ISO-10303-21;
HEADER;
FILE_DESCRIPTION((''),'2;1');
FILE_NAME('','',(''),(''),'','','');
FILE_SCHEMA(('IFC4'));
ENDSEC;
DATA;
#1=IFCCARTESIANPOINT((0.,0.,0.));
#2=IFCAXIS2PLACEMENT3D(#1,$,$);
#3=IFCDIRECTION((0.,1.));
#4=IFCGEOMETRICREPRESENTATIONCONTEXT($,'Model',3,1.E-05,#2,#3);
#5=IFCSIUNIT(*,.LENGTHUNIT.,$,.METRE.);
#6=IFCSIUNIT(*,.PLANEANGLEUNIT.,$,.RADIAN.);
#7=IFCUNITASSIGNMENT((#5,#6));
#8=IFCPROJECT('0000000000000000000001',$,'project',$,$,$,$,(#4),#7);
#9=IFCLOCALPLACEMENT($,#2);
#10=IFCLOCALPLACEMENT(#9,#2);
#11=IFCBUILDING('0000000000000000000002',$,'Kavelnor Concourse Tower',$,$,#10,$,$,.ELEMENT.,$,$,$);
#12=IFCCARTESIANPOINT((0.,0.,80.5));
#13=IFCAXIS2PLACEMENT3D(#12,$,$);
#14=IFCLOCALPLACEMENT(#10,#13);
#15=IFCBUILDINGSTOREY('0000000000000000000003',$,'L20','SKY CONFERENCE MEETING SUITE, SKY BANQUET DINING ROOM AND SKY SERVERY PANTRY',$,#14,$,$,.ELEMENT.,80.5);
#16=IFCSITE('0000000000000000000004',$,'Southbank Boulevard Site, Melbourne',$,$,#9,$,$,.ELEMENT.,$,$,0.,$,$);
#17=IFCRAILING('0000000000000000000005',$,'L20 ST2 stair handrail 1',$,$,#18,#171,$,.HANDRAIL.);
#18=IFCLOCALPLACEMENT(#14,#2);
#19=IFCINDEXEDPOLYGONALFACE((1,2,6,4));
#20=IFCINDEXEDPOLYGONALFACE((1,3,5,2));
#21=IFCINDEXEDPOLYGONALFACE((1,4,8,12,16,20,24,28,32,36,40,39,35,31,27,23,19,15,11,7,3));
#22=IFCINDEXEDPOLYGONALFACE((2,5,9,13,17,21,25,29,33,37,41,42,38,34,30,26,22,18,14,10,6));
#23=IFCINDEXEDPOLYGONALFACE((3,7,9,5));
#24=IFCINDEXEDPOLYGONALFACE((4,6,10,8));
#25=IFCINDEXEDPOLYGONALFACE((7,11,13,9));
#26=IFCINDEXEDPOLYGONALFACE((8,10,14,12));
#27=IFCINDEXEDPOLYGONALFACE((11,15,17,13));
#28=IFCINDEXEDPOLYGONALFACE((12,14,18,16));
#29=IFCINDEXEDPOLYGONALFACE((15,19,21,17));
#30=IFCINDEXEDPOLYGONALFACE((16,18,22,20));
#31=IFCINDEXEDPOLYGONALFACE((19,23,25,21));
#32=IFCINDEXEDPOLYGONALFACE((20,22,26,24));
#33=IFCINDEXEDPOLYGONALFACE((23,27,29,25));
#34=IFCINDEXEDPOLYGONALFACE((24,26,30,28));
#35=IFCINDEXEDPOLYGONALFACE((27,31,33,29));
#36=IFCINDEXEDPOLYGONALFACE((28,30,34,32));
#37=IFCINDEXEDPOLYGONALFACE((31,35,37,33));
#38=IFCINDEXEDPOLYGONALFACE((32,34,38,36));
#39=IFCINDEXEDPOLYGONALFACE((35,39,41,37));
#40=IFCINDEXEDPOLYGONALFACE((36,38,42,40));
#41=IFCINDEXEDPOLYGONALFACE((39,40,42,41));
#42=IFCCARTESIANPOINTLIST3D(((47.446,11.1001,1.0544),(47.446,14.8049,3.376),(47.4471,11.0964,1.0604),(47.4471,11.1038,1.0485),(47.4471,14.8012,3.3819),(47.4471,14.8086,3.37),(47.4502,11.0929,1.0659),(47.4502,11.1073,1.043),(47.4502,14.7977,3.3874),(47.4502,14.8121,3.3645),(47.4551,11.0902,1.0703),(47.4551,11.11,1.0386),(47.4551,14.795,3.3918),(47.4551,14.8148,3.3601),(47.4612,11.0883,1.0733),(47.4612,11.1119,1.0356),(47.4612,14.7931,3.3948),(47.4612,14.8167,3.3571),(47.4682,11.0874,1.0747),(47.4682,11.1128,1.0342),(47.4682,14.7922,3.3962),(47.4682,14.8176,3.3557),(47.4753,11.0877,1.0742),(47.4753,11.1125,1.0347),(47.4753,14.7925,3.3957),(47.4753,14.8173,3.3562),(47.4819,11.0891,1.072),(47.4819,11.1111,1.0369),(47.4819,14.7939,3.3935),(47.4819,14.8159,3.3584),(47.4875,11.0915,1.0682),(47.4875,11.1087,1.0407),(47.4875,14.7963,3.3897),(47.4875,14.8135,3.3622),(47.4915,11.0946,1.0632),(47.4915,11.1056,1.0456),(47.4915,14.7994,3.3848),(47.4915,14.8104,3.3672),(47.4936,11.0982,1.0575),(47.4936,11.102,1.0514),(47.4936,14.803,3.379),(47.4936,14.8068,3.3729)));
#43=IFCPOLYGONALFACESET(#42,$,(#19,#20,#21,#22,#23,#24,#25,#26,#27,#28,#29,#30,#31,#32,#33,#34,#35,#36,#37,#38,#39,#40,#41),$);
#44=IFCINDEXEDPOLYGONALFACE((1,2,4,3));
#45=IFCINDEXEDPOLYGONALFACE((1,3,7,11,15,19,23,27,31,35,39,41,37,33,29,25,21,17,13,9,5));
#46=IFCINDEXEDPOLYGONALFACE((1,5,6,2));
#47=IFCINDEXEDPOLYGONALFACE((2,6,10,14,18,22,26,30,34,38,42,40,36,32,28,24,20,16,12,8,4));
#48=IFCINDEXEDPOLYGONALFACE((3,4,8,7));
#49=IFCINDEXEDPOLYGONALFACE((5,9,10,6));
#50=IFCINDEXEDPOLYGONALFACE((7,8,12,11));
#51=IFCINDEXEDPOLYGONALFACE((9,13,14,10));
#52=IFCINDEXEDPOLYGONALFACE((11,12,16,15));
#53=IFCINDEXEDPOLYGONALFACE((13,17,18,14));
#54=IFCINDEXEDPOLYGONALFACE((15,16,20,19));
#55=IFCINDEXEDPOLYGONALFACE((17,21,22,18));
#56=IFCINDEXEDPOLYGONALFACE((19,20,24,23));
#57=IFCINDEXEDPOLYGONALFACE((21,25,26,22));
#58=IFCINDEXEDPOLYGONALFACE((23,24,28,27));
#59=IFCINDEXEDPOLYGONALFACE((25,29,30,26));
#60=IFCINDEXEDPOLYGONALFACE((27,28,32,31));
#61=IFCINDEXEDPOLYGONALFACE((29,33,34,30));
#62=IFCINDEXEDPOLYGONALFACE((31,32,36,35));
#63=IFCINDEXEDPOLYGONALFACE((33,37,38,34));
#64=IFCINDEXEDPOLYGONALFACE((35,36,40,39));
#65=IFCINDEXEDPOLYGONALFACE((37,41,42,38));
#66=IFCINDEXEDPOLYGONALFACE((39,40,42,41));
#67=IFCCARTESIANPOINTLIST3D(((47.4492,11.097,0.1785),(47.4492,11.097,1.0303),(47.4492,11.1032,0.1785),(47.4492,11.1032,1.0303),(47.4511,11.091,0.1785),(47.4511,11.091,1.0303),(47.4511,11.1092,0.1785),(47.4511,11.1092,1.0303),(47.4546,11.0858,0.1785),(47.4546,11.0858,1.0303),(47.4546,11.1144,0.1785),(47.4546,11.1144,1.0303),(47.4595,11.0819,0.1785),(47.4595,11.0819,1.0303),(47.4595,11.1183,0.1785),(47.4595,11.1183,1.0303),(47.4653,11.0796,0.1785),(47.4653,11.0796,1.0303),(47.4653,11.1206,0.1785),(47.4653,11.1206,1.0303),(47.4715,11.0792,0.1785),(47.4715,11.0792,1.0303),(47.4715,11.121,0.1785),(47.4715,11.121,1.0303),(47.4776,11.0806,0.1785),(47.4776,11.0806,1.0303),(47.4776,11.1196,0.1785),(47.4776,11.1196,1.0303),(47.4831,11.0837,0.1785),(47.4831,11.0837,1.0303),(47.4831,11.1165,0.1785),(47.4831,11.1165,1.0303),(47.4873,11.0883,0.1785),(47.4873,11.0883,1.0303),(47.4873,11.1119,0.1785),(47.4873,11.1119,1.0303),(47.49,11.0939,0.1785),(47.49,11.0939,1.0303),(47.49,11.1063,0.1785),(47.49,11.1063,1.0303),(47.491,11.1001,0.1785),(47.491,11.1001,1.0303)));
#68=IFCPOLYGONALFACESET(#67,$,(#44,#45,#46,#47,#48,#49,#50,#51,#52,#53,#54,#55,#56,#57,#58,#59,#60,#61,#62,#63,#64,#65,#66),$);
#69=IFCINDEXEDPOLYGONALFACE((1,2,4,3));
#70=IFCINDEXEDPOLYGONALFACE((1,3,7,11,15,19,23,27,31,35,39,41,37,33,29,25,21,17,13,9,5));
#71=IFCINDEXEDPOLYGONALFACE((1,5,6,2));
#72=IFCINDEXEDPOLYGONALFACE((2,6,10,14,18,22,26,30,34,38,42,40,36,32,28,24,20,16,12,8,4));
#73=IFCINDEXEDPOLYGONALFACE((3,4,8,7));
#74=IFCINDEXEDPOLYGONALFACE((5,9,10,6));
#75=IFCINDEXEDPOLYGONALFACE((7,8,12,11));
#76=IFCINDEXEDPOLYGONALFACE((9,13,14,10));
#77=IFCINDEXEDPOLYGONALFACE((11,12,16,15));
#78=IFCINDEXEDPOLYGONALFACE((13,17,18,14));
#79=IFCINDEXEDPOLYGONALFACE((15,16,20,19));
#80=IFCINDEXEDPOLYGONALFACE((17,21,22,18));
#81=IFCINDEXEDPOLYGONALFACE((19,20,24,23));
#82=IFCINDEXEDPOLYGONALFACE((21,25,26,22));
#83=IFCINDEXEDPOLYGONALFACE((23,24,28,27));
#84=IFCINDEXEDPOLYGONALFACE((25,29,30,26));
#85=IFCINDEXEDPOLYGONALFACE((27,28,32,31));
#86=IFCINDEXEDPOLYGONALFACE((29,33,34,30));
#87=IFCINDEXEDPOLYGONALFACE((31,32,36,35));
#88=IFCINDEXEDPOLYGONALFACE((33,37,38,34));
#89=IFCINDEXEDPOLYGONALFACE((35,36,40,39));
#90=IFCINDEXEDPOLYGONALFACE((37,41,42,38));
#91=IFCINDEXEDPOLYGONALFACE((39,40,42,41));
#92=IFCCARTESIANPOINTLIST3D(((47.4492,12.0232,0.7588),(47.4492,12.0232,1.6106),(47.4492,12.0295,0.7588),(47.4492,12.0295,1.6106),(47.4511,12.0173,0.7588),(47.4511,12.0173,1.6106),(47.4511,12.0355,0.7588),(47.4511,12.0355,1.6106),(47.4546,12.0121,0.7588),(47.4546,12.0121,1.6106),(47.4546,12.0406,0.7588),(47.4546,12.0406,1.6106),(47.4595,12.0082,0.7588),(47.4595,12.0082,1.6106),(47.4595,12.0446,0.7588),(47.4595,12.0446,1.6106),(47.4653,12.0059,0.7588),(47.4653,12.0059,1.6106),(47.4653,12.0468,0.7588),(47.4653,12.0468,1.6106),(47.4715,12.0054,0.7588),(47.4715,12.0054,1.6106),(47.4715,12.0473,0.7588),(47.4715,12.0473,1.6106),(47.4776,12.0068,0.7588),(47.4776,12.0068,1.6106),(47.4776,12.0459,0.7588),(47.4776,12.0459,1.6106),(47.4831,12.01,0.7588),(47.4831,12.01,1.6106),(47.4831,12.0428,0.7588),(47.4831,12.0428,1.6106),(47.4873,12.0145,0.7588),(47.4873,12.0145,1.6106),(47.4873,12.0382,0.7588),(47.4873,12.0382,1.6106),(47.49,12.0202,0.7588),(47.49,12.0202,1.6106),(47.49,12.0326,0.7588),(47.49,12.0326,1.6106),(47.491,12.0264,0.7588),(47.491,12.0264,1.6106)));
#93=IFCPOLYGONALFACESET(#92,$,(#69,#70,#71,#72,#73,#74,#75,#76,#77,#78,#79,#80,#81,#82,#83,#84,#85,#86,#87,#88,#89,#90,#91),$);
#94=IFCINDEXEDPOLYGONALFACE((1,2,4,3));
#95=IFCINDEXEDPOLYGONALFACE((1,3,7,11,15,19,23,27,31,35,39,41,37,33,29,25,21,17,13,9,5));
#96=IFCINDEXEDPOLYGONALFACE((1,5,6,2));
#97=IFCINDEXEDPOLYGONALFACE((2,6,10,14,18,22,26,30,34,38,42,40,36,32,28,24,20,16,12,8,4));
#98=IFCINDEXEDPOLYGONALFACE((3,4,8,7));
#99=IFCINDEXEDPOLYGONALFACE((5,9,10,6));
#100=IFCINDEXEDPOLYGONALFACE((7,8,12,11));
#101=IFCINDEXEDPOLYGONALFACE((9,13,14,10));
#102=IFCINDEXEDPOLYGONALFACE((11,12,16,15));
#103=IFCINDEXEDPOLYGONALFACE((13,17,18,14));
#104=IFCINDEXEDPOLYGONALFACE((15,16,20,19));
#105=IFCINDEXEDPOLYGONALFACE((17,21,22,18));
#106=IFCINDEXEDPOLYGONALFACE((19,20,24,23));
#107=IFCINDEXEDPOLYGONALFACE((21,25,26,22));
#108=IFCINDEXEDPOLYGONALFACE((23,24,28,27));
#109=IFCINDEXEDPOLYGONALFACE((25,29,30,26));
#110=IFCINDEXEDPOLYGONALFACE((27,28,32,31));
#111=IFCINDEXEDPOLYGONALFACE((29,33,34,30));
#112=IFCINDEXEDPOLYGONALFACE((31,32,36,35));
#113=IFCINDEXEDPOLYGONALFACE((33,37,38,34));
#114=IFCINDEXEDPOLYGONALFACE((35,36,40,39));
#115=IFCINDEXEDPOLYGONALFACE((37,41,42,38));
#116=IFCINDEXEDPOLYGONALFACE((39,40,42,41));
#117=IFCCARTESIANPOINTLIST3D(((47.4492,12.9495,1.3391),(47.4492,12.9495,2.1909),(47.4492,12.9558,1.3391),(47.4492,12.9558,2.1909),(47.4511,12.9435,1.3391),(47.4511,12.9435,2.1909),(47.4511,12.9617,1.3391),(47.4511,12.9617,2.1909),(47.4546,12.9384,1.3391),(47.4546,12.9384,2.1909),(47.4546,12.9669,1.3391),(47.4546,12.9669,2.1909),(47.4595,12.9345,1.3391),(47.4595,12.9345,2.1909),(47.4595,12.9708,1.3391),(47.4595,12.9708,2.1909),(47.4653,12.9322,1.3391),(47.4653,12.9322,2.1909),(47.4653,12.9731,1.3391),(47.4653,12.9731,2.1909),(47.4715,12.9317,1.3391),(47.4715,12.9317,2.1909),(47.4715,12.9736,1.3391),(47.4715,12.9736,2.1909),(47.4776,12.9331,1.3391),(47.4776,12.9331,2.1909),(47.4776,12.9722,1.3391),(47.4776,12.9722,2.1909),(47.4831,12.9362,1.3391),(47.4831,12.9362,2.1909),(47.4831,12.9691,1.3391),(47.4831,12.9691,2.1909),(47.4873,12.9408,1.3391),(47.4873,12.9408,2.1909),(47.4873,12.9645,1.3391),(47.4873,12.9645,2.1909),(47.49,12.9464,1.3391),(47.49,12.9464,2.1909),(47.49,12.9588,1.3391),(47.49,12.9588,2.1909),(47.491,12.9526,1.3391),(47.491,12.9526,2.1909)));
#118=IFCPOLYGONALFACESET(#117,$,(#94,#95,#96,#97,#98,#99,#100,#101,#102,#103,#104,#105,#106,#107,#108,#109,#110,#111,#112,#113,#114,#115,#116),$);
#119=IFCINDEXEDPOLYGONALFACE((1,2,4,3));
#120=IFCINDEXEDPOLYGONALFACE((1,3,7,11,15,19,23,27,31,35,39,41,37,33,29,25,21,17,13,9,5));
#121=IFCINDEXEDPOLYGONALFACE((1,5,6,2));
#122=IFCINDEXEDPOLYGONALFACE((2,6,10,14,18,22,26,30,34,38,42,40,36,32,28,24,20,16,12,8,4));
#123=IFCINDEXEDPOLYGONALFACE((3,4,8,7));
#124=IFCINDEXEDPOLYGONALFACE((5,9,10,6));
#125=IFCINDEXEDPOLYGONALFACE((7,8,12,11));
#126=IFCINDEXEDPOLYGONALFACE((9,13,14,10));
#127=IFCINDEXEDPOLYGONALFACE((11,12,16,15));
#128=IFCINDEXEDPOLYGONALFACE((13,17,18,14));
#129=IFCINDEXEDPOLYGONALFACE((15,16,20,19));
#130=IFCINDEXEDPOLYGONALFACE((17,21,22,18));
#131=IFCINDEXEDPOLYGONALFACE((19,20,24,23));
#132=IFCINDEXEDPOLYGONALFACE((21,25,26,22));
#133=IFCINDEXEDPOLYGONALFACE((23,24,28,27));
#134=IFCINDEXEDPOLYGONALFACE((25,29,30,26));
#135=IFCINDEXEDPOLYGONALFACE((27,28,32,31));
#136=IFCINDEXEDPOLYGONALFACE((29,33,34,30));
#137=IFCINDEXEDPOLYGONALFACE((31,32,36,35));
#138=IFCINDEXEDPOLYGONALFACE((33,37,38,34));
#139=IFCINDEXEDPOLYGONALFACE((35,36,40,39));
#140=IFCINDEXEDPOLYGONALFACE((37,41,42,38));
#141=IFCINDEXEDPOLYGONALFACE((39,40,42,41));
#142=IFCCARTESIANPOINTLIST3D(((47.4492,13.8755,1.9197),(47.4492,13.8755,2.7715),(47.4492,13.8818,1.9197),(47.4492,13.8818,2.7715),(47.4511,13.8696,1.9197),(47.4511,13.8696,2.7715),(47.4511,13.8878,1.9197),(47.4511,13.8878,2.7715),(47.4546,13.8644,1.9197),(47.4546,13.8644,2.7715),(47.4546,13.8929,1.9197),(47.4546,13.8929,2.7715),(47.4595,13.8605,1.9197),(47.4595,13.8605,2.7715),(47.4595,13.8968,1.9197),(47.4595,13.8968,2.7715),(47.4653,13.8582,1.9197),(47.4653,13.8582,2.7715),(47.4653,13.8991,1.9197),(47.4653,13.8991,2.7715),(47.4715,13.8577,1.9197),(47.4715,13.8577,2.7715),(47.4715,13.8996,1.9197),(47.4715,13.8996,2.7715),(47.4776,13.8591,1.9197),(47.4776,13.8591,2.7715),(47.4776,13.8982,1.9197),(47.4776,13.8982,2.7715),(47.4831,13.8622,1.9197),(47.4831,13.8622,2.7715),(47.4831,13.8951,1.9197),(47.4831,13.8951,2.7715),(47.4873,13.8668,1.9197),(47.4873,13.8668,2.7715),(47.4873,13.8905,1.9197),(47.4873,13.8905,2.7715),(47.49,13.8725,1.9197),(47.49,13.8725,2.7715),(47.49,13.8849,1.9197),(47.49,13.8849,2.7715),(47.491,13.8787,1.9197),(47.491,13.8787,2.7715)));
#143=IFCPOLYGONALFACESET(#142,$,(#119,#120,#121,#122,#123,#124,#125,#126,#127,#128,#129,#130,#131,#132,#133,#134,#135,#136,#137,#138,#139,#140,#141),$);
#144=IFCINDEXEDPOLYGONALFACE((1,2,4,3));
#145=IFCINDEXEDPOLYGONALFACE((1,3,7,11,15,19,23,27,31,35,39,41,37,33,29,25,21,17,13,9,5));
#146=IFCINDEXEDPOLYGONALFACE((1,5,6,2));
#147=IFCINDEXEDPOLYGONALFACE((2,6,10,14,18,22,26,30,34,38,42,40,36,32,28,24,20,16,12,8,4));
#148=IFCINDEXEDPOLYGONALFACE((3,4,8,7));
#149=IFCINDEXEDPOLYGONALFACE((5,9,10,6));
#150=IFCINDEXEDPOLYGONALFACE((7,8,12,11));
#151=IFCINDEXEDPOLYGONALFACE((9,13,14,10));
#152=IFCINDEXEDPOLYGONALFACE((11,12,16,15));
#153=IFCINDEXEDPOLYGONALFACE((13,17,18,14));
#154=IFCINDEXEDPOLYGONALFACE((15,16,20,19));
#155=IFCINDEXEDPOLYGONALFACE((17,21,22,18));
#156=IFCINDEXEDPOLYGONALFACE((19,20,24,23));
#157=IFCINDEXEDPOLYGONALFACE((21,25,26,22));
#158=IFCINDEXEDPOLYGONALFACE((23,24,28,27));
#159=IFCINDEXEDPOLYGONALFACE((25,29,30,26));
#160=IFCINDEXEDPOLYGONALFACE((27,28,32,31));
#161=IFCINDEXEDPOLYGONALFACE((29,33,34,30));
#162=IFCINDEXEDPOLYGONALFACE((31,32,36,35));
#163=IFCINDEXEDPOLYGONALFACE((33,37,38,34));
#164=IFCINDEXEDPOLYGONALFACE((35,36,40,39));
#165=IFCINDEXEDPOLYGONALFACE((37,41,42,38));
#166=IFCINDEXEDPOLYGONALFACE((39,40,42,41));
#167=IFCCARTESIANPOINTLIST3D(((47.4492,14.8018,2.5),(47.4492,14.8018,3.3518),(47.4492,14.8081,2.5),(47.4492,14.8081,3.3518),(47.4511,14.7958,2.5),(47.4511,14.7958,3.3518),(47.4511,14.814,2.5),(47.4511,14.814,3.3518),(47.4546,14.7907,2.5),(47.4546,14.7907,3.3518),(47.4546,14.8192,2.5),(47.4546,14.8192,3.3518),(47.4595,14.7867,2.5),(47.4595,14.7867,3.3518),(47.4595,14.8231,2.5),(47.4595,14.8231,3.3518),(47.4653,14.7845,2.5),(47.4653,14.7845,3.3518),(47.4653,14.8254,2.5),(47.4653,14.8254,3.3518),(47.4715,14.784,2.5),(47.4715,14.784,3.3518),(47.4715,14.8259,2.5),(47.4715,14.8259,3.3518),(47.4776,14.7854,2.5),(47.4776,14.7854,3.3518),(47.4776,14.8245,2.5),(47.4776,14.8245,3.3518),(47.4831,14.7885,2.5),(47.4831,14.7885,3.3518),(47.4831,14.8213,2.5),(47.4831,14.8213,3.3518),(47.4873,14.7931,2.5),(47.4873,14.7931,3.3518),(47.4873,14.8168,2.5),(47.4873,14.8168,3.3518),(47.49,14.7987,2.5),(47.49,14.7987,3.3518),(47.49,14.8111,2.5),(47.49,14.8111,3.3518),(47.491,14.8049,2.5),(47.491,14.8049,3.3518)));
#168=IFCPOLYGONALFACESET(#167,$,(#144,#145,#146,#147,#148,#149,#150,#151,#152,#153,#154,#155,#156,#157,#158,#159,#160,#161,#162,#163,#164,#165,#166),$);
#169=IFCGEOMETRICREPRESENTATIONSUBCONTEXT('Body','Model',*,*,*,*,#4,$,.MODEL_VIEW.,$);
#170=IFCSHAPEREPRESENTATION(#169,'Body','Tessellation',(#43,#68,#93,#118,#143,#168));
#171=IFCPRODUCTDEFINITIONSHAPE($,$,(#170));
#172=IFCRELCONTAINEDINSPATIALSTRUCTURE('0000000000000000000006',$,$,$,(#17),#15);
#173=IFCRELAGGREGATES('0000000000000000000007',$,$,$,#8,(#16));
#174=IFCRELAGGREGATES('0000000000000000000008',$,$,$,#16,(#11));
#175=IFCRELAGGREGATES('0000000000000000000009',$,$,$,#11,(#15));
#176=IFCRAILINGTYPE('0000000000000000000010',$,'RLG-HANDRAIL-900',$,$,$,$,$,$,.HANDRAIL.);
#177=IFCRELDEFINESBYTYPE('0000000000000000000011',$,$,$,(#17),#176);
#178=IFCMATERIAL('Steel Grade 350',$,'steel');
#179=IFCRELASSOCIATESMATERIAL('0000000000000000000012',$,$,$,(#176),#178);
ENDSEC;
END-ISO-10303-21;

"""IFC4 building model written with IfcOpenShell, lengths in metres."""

from ifc_helpers import new_model, si_unit, direction, frame, origin, origin_2d, place, context, subcontext, project, spatial, circle, extrude, material, type_object, element, save


model = new_model("IFC4")

# Units and contexts
model_context = context("Model", 3, precision=1e-05, world=origin(), true_north=direction((0.0, 1.0)))
body_context = subcontext(model_context, "Body", "Model", "MODEL_VIEW")
ifc_project = project(units=[si_unit("LENGTHUNIT", "METRE"), si_unit("PLANEANGLEUNIT", "RADIAN")], contexts=[model_context])

# Site, building, storey
site_placement = place(None, origin())
site = spatial("IfcSite", under=ifc_project, at=site_placement, Name="Southbank Boulevard Site, Melbourne", CompositionType="ELEMENT", RefElevation=0.0)
building_placement = place(site_placement, origin())
building = spatial("IfcBuilding", under=site, at=building_placement, Name="Kavelnor Concourse Tower", CompositionType="ELEMENT")
storey_placement = place(building_placement, frame((0.0, 0.0, 80.5)))
storey = spatial("IfcBuildingStorey", under=building, at=storey_placement, Name="L20", Description="SKY CONFERENCE MEETING SUITE, SKY BANQUET DINING ROOM AND SKY SERVERY PANTRY", CompositionType="ELEMENT", Elevation=80.5)

# Shared definitions
ifc_material_1 = material(Name="Steel Grade 350", Category="steel")

# Railing
railing_type_1 = type_object("IfcRailingType", Name="RLG-HANDRAIL-900", PredefinedType="HANDRAIL", material=ifc_material_1)
railing_1_placement = place(storey_placement, frame((47.47, 11.1001, 0.1785)))
element("IfcRailing", 1, at=railing_1_placement, inside=storey, type_object=railing_type_1, Name="L20 ST2 stair handrail 1", PredefinedType="HANDRAIL", context=body_context, shape_type="SweptSolid", body=[
    extrude(circle(Radius=0.0239, at=origin_2d()), frame((0.0, 0.0, 0.876), z_axis=(0.0, 0.84738, 0.530987), x_axis=(-1.0, 0.0, 0.0)), (0.0, 0.0, 1.0), 4.3721),
    extrude(circle(Radius=0.021, at=origin_2d()), origin(), (0.0, 0.0, 1.0), 0.8518),
    extrude(circle(Radius=0.021, at=origin_2d()), frame((0.0, 0.9263, 0.5803)), (0.0, 0.0, 1.0), 0.8518),
    extrude(circle(Radius=0.021, at=origin_2d()), frame((0.0, 1.8525, 1.1606)), (0.0, 0.0, 1.0), 0.8518),
    extrude(circle(Radius=0.021, at=origin_2d()), frame((0.0, 2.7786, 1.7412)), (0.0, 0.0, 1.0), 0.8518),
    extrude(circle(Radius=0.021, at=origin_2d()), frame((0.0, 3.7048, 2.3215)), (0.0, 0.0, 1.0), 0.8518),
])

save(model, "model.ifc")
